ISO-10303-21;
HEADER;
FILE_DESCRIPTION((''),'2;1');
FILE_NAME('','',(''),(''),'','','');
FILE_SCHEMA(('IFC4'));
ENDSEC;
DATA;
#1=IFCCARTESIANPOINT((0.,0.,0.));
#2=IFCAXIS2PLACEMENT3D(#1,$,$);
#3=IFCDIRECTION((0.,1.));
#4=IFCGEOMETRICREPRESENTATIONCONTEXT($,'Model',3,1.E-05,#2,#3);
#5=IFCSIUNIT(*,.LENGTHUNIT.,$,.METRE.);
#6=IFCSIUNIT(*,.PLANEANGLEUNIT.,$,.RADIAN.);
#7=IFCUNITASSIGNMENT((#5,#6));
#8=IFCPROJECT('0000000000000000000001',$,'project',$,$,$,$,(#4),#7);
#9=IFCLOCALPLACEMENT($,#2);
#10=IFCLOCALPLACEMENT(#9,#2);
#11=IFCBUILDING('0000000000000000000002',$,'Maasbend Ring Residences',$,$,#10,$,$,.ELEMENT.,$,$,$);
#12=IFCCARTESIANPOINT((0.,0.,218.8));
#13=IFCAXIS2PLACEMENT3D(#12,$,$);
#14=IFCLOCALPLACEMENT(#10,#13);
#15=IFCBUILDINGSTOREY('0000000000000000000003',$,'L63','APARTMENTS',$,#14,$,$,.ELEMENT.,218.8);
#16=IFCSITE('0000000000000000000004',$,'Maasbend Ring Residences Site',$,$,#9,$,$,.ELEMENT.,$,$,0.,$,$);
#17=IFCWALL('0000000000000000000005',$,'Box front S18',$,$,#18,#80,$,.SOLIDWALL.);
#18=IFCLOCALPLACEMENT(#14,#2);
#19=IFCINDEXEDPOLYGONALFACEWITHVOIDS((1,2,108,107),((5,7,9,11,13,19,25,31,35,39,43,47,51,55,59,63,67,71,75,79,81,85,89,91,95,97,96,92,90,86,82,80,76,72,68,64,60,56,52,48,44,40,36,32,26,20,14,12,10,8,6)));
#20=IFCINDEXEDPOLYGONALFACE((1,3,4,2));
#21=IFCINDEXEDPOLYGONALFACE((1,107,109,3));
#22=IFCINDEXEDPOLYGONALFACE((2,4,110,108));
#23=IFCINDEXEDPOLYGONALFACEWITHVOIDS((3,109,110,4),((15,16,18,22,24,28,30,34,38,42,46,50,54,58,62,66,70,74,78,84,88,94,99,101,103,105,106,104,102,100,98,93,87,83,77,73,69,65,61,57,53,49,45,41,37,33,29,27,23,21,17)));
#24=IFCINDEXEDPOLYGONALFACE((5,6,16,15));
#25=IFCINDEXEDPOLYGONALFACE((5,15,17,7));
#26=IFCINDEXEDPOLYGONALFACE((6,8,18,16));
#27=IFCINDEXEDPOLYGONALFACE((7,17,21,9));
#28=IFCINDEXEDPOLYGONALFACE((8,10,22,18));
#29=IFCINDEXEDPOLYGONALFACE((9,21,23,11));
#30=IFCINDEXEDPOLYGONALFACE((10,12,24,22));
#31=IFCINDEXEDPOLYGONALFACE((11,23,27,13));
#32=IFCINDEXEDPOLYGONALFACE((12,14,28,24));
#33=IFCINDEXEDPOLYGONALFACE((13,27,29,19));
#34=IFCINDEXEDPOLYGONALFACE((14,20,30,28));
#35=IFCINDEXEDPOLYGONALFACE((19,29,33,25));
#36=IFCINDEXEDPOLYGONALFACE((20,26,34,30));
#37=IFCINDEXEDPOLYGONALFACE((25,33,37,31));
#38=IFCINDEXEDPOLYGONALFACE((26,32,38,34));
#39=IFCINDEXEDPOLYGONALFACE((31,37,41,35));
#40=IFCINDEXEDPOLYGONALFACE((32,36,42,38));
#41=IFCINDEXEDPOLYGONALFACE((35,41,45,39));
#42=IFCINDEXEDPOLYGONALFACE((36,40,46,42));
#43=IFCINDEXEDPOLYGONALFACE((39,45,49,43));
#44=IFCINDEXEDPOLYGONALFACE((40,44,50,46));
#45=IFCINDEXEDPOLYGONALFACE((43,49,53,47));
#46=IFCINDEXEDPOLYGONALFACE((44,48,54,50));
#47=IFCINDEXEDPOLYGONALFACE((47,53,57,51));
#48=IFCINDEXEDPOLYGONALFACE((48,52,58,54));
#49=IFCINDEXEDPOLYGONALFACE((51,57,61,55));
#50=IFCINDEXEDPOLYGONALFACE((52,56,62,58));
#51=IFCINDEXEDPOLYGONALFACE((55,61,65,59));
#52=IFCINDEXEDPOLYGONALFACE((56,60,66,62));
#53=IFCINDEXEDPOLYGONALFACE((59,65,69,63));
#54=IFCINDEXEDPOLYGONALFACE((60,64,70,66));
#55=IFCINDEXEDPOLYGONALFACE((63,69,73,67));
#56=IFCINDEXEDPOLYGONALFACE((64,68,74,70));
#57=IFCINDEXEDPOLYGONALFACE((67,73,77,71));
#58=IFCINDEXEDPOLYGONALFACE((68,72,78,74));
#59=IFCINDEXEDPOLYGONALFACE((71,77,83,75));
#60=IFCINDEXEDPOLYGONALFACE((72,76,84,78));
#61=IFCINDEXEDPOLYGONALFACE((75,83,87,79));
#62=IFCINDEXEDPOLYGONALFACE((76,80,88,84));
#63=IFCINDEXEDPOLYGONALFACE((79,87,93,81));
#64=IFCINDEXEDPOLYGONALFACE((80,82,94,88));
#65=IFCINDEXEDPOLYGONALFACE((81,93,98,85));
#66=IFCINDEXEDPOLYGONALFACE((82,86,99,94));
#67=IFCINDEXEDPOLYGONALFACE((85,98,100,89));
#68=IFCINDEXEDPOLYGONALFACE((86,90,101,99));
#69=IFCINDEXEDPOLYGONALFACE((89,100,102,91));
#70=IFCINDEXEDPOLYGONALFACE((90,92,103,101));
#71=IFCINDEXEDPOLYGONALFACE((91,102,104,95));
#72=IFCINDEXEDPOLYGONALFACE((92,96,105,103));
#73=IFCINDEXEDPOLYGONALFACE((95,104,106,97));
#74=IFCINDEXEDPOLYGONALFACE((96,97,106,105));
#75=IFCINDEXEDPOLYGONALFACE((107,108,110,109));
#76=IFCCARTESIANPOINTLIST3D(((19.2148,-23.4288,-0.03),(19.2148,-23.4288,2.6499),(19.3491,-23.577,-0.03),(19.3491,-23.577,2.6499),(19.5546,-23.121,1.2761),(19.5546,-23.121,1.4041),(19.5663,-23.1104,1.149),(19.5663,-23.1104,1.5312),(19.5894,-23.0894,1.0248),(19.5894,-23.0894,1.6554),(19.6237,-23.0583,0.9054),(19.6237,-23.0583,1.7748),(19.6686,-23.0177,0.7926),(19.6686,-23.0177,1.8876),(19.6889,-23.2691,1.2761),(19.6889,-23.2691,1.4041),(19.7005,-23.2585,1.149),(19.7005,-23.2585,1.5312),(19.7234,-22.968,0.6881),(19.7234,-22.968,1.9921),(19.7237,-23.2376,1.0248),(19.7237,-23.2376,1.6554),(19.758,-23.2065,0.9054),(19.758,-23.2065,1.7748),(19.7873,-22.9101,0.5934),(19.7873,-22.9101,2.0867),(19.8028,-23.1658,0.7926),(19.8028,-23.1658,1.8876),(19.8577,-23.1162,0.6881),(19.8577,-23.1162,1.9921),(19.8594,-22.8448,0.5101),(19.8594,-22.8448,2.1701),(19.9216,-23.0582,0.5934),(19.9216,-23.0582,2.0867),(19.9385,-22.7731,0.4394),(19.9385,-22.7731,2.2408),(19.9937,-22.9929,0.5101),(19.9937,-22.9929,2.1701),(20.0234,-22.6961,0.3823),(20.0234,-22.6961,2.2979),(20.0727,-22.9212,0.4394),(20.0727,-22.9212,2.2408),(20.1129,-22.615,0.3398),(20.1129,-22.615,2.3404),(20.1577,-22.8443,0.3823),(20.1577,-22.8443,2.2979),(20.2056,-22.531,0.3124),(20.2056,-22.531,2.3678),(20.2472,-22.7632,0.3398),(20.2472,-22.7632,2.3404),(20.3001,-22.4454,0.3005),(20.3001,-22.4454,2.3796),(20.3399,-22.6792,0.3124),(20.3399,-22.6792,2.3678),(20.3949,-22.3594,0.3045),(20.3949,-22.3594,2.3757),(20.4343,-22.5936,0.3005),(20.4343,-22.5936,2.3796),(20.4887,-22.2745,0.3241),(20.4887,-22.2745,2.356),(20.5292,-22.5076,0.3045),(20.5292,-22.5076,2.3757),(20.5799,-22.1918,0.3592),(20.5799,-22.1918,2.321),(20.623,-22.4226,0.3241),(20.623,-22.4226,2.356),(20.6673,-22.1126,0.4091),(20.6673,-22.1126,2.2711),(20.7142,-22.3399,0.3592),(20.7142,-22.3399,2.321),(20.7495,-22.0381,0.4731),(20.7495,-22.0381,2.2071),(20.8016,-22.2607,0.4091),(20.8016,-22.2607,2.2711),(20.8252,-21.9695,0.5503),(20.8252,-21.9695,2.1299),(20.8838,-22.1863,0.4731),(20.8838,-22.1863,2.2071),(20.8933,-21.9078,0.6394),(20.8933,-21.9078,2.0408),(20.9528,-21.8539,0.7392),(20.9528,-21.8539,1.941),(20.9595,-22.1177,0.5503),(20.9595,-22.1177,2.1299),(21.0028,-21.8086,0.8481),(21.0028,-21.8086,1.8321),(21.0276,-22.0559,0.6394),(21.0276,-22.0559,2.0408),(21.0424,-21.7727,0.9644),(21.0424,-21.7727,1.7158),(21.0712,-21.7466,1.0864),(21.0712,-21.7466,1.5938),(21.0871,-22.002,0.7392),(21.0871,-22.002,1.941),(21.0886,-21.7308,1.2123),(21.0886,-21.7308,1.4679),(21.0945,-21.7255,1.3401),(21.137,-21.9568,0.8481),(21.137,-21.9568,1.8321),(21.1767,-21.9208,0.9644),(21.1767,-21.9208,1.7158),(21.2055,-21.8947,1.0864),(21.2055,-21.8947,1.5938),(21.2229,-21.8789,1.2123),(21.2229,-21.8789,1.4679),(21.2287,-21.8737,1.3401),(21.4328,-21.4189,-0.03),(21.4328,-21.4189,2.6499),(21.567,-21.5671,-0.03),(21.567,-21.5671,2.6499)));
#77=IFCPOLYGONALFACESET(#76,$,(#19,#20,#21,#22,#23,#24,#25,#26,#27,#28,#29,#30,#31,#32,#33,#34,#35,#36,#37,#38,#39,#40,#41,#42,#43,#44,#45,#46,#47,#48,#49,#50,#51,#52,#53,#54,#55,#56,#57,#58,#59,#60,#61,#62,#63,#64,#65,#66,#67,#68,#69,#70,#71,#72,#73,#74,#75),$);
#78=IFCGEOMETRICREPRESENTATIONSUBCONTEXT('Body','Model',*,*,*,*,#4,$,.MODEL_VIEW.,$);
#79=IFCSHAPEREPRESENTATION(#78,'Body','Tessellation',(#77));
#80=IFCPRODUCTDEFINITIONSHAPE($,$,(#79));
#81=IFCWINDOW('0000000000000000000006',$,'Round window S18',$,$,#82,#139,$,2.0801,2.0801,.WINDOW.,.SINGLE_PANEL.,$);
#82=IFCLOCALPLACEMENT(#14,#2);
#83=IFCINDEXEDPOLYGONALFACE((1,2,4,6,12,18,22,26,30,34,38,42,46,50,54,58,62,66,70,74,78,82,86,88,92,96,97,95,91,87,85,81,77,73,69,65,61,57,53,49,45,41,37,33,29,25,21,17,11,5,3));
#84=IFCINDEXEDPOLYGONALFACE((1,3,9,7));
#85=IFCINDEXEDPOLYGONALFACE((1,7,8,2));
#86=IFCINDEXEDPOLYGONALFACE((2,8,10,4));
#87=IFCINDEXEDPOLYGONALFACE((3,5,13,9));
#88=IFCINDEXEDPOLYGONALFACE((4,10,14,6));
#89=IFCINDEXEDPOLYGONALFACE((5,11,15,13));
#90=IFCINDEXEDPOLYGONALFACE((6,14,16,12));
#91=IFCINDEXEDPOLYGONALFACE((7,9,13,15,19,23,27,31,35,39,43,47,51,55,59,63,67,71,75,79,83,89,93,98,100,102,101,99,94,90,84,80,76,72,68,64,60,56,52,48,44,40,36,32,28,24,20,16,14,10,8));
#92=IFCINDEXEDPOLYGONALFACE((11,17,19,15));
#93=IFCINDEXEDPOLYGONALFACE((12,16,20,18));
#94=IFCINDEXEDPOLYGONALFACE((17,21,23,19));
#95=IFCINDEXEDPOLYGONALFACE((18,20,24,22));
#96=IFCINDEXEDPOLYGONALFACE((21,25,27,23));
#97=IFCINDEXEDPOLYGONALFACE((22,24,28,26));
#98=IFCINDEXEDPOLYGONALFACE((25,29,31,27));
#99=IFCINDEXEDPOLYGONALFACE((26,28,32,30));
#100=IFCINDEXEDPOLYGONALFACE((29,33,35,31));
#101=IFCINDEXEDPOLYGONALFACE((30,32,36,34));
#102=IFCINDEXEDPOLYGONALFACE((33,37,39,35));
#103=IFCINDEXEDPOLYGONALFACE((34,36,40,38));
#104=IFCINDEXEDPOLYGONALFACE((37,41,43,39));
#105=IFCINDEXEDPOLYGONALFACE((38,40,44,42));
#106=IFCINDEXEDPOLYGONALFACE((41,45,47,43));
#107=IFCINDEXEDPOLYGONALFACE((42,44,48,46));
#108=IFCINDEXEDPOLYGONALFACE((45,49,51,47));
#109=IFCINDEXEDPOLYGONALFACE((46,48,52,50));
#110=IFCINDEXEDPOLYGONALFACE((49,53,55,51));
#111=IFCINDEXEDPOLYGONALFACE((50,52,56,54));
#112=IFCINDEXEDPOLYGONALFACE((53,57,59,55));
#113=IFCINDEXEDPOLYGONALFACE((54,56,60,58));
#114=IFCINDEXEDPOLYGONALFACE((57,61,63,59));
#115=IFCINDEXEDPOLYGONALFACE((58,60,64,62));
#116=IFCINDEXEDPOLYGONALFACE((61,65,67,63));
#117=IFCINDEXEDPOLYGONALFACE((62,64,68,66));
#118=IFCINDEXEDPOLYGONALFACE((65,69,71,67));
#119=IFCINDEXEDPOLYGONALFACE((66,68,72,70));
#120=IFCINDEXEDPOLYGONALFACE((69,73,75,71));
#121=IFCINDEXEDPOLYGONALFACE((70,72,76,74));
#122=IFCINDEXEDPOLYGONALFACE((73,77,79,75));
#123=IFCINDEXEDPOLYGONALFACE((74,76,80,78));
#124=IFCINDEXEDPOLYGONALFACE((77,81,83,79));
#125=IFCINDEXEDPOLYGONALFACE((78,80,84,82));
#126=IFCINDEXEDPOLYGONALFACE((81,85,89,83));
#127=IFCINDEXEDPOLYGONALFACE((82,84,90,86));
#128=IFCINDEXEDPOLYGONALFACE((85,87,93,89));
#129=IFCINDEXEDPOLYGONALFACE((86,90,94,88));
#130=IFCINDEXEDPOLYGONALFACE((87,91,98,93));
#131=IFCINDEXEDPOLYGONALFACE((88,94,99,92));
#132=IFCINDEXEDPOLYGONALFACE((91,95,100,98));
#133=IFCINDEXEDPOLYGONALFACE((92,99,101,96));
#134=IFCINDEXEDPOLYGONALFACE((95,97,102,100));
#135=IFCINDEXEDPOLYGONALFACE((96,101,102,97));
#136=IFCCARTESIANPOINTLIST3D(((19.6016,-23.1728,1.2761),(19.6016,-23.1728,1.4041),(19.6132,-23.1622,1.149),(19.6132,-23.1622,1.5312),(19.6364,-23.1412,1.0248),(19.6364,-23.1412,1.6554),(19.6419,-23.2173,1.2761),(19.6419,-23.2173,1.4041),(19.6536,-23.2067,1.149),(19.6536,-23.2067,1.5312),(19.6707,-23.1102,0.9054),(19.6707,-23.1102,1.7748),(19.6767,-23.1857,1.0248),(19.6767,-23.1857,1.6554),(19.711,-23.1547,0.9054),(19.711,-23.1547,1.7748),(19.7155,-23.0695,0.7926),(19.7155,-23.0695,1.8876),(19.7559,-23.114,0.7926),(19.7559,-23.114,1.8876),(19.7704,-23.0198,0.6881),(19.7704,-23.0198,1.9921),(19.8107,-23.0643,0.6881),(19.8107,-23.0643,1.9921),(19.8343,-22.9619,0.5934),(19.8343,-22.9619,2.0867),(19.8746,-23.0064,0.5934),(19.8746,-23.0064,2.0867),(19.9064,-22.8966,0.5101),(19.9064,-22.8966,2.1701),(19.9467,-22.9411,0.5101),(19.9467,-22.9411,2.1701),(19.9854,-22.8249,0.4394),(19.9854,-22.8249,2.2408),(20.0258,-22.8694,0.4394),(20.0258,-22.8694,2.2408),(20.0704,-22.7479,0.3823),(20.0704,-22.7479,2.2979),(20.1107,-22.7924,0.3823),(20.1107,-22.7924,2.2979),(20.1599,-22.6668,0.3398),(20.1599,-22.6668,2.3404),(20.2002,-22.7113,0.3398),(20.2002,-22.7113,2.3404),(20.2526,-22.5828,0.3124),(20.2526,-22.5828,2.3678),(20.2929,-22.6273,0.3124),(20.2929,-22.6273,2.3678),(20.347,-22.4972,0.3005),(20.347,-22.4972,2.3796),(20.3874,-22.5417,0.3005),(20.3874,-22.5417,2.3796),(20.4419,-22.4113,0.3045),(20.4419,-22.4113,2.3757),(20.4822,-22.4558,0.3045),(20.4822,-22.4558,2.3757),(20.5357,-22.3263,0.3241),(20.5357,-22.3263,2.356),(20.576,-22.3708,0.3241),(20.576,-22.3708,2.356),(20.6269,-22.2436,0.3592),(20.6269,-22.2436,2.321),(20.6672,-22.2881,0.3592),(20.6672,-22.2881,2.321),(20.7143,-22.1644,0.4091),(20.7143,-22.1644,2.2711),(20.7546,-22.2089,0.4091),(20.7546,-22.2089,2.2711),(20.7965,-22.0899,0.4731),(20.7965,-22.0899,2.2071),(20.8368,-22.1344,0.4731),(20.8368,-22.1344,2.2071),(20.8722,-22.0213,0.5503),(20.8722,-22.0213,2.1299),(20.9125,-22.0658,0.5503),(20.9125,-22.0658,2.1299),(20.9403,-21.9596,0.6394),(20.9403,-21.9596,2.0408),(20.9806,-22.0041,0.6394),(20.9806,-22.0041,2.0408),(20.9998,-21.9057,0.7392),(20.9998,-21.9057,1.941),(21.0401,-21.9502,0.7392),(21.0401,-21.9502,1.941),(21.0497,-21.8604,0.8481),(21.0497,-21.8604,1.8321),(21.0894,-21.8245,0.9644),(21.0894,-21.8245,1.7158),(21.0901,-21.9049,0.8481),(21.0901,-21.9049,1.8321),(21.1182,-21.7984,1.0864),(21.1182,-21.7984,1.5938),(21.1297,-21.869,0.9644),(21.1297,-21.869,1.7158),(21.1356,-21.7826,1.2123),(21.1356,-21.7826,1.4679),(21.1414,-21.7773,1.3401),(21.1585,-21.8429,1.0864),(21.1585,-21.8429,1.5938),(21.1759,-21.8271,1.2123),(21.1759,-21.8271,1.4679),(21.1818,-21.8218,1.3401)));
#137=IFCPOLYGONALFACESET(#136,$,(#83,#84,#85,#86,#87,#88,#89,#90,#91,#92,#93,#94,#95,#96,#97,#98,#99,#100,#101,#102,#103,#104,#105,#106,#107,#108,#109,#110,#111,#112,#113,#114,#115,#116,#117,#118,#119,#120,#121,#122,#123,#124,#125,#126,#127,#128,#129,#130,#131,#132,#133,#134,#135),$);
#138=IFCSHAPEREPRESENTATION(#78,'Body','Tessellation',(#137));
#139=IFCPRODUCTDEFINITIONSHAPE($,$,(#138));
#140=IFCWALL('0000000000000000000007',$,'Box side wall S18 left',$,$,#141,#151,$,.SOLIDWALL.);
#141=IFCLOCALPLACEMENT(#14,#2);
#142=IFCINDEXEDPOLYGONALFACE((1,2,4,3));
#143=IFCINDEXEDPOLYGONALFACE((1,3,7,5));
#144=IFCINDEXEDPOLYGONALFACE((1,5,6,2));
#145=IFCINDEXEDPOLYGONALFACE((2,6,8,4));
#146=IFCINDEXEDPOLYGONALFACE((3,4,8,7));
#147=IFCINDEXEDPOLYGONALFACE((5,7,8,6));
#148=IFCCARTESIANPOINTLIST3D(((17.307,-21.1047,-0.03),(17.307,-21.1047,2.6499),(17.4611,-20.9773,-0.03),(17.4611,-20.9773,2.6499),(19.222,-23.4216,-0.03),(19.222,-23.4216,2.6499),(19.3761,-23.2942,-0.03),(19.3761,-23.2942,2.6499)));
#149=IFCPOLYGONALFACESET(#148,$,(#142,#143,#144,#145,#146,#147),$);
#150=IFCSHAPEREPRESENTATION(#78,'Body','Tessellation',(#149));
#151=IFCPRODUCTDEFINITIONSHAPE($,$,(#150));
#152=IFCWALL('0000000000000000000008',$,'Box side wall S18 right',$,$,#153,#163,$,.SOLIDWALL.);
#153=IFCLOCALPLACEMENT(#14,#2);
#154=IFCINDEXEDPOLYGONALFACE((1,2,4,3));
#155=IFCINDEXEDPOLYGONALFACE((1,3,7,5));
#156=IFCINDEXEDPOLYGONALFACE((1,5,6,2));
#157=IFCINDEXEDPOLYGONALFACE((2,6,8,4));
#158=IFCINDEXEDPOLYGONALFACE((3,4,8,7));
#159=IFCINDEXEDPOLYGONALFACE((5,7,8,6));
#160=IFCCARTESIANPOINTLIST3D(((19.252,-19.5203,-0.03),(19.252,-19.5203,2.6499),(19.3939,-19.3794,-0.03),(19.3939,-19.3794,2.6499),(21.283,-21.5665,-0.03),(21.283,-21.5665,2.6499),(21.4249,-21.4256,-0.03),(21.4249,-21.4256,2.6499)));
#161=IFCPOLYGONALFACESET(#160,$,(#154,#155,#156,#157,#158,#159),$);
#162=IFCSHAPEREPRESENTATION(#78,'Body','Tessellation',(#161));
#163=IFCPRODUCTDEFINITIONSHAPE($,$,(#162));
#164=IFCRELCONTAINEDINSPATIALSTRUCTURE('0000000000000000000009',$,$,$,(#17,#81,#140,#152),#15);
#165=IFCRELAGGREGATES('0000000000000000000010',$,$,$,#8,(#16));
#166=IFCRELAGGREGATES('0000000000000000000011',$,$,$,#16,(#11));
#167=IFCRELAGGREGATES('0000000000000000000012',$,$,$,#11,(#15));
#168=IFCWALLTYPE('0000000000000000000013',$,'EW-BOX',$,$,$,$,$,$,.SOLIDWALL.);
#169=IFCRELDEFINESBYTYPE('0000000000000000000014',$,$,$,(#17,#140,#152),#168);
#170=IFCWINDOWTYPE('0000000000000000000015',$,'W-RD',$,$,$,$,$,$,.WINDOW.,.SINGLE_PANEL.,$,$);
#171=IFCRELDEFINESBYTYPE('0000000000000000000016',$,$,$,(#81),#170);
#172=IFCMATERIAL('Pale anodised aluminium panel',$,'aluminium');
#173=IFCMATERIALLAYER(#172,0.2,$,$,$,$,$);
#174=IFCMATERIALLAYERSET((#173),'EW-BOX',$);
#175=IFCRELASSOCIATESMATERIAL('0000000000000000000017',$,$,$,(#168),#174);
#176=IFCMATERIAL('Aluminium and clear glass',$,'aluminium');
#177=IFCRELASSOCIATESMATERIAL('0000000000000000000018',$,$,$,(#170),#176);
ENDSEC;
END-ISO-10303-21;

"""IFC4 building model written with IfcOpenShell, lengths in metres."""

from ifc_helpers import new_model, si_unit, direction, frame, frame_2d, origin, place, context, subcontext, project, spatial, rectangle, circle, extrude, material, layer, layer_set, type_object, element, fill, save


model = new_model("IFC4")

# Units and contexts
model_context = context("Model", 3, precision=1e-05, world=origin(), true_north=direction((0.0, 1.0)))
body_context = subcontext(model_context, "Body", "Model", "MODEL_VIEW")
ifc_project = project(units=[si_unit("LENGTHUNIT", "METRE"), si_unit("PLANEANGLEUNIT", "RADIAN")], contexts=[model_context])

# Site, building, storey
site_placement = place(None, origin())
site = spatial("IfcSite", under=ifc_project, at=site_placement, Name="Maasbend Ring Residences Site", CompositionType="ELEMENT", RefElevation=0.0)
building_placement = place(site_placement, origin())
building = spatial("IfcBuilding", under=site, at=building_placement, Name="Maasbend Ring Residences", CompositionType="ELEMENT")
storey_placement = place(building_placement, frame((0.0, 0.0, 218.8)))
storey = spatial("IfcBuildingStorey", under=building, at=storey_placement, Name="L63", Description="APARTMENTS", CompositionType="ELEMENT", Elevation=218.8)

# Wall, opening, window
ifc_material_1 = material(Name="Pale anodised aluminium panel", Category="aluminium")
ifc_layer_1 = layer(ifc_material_1, 0.2)
ifc_layer_set_1 = layer_set([ifc_layer_1], Name="EW-BOX")
wall_type_1 = type_object("IfcWallType", Name="EW-BOX", PredefinedType="SOLIDWALL", material=ifc_layer_set_1)
wall_1_placement = place(storey_placement, frame((19.282, -23.5029, -0.03), z_axis=(0.0, 0.0, 1.0), x_axis=(0.740998, 0.671507, 0.0)))
wall_1 = element("IfcWall", 1, at=wall_1_placement, inside=storey, type_object=wall_type_1, Name="Box front S18", PredefinedType="SOLIDWALL", context=body_context, shape_type="SweptSolid", body=[
    extrude(rectangle(XDim=2.9932, YDim=0.2, at=frame_2d((1.4966, 0.0))), origin(), (0.0, 0.0, 1.0), 2.6799),
])
opening_1_placement = place(wall_1_placement, frame((0.4565, 0.0, 0.3301)))
opening_1 = element("IfcOpeningElement", 2, at=opening_1_placement, cuts=wall_1, PredefinedType="OPENING", context=body_context, shape_type="SweptSolid", body=[
    extrude(circle(Radius=1.04, at=frame_2d((1.04, 1.04))), frame((0.0, 0.1099, 0.0), z_axis=(0.0, -1.0, 0.0), x_axis=(1.0, 0.0, 0.0)), (0.0, 0.0, 1.0), 0.22),
])
ifc_material_2 = material(Name="Aluminium and clear glass", Category="aluminium")
window_type_1 = type_object("IfcWindowType", Name="W-RD", PartitioningType="SINGLE_PANEL", PredefinedType="WINDOW", material=ifc_material_2)
window_1_placement = place(opening_1_placement, origin())
window_1 = element("IfcWindow", 3, at=window_1_placement, inside=storey, type_object=window_type_1, Name="Round window S18", OverallHeight=2.0801, OverallWidth=2.0801, PartitioningType="SINGLE_PANEL", PredefinedType="WINDOW", context=body_context, shape_type="SweptSolid", body=[
    extrude(circle(Radius=1.04, at=frame_2d((1.04, 1.04))), frame((0.0, 0.03, 0.0), z_axis=(0.0, -1.0, 0.0), x_axis=(1.0, 0.0, 0.0)), (0.0, 0.0, 1.0), 0.0601),
])
fill(opening_1, window_1)

# Walls
wall_2_placement = place(storey_placement, frame((17.384, -21.041, -0.03), z_axis=(0.0, 0.0, 1.0), x_axis=(0.637096, -0.770785, 0.0)))
element("IfcWall", 4, at=wall_2_placement, inside=storey, type_object=wall_type_1, Name="Box side wall S18 left", PredefinedType="SOLIDWALL", context=body_context, shape_type="SweptSolid", body=[
    extrude(rectangle(XDim=3.0059, YDim=0.2, at=frame_2d((1.5029, 0.0))), origin(), (0.0, 0.0, 1.0), 2.6799),
])
wall_3_placement = place(storey_placement, frame((19.323, -19.45, -0.03), z_axis=(0.0, 0.0, 1.0), x_axis=(0.704477, -0.709727, 0.0)))
element("IfcWall", 5, at=wall_3_placement, inside=storey, type_object=wall_type_1, Name="Box side wall S18 right", PredefinedType="SOLIDWALL", context=body_context, shape_type="SweptSolid", body=[
    extrude(rectangle(XDim=2.8831, YDim=0.2, at=frame_2d((1.4414, 0.0))), origin(), (0.0, 0.0, 1.0), 2.6799),
])

save(model, "model.ifc")
